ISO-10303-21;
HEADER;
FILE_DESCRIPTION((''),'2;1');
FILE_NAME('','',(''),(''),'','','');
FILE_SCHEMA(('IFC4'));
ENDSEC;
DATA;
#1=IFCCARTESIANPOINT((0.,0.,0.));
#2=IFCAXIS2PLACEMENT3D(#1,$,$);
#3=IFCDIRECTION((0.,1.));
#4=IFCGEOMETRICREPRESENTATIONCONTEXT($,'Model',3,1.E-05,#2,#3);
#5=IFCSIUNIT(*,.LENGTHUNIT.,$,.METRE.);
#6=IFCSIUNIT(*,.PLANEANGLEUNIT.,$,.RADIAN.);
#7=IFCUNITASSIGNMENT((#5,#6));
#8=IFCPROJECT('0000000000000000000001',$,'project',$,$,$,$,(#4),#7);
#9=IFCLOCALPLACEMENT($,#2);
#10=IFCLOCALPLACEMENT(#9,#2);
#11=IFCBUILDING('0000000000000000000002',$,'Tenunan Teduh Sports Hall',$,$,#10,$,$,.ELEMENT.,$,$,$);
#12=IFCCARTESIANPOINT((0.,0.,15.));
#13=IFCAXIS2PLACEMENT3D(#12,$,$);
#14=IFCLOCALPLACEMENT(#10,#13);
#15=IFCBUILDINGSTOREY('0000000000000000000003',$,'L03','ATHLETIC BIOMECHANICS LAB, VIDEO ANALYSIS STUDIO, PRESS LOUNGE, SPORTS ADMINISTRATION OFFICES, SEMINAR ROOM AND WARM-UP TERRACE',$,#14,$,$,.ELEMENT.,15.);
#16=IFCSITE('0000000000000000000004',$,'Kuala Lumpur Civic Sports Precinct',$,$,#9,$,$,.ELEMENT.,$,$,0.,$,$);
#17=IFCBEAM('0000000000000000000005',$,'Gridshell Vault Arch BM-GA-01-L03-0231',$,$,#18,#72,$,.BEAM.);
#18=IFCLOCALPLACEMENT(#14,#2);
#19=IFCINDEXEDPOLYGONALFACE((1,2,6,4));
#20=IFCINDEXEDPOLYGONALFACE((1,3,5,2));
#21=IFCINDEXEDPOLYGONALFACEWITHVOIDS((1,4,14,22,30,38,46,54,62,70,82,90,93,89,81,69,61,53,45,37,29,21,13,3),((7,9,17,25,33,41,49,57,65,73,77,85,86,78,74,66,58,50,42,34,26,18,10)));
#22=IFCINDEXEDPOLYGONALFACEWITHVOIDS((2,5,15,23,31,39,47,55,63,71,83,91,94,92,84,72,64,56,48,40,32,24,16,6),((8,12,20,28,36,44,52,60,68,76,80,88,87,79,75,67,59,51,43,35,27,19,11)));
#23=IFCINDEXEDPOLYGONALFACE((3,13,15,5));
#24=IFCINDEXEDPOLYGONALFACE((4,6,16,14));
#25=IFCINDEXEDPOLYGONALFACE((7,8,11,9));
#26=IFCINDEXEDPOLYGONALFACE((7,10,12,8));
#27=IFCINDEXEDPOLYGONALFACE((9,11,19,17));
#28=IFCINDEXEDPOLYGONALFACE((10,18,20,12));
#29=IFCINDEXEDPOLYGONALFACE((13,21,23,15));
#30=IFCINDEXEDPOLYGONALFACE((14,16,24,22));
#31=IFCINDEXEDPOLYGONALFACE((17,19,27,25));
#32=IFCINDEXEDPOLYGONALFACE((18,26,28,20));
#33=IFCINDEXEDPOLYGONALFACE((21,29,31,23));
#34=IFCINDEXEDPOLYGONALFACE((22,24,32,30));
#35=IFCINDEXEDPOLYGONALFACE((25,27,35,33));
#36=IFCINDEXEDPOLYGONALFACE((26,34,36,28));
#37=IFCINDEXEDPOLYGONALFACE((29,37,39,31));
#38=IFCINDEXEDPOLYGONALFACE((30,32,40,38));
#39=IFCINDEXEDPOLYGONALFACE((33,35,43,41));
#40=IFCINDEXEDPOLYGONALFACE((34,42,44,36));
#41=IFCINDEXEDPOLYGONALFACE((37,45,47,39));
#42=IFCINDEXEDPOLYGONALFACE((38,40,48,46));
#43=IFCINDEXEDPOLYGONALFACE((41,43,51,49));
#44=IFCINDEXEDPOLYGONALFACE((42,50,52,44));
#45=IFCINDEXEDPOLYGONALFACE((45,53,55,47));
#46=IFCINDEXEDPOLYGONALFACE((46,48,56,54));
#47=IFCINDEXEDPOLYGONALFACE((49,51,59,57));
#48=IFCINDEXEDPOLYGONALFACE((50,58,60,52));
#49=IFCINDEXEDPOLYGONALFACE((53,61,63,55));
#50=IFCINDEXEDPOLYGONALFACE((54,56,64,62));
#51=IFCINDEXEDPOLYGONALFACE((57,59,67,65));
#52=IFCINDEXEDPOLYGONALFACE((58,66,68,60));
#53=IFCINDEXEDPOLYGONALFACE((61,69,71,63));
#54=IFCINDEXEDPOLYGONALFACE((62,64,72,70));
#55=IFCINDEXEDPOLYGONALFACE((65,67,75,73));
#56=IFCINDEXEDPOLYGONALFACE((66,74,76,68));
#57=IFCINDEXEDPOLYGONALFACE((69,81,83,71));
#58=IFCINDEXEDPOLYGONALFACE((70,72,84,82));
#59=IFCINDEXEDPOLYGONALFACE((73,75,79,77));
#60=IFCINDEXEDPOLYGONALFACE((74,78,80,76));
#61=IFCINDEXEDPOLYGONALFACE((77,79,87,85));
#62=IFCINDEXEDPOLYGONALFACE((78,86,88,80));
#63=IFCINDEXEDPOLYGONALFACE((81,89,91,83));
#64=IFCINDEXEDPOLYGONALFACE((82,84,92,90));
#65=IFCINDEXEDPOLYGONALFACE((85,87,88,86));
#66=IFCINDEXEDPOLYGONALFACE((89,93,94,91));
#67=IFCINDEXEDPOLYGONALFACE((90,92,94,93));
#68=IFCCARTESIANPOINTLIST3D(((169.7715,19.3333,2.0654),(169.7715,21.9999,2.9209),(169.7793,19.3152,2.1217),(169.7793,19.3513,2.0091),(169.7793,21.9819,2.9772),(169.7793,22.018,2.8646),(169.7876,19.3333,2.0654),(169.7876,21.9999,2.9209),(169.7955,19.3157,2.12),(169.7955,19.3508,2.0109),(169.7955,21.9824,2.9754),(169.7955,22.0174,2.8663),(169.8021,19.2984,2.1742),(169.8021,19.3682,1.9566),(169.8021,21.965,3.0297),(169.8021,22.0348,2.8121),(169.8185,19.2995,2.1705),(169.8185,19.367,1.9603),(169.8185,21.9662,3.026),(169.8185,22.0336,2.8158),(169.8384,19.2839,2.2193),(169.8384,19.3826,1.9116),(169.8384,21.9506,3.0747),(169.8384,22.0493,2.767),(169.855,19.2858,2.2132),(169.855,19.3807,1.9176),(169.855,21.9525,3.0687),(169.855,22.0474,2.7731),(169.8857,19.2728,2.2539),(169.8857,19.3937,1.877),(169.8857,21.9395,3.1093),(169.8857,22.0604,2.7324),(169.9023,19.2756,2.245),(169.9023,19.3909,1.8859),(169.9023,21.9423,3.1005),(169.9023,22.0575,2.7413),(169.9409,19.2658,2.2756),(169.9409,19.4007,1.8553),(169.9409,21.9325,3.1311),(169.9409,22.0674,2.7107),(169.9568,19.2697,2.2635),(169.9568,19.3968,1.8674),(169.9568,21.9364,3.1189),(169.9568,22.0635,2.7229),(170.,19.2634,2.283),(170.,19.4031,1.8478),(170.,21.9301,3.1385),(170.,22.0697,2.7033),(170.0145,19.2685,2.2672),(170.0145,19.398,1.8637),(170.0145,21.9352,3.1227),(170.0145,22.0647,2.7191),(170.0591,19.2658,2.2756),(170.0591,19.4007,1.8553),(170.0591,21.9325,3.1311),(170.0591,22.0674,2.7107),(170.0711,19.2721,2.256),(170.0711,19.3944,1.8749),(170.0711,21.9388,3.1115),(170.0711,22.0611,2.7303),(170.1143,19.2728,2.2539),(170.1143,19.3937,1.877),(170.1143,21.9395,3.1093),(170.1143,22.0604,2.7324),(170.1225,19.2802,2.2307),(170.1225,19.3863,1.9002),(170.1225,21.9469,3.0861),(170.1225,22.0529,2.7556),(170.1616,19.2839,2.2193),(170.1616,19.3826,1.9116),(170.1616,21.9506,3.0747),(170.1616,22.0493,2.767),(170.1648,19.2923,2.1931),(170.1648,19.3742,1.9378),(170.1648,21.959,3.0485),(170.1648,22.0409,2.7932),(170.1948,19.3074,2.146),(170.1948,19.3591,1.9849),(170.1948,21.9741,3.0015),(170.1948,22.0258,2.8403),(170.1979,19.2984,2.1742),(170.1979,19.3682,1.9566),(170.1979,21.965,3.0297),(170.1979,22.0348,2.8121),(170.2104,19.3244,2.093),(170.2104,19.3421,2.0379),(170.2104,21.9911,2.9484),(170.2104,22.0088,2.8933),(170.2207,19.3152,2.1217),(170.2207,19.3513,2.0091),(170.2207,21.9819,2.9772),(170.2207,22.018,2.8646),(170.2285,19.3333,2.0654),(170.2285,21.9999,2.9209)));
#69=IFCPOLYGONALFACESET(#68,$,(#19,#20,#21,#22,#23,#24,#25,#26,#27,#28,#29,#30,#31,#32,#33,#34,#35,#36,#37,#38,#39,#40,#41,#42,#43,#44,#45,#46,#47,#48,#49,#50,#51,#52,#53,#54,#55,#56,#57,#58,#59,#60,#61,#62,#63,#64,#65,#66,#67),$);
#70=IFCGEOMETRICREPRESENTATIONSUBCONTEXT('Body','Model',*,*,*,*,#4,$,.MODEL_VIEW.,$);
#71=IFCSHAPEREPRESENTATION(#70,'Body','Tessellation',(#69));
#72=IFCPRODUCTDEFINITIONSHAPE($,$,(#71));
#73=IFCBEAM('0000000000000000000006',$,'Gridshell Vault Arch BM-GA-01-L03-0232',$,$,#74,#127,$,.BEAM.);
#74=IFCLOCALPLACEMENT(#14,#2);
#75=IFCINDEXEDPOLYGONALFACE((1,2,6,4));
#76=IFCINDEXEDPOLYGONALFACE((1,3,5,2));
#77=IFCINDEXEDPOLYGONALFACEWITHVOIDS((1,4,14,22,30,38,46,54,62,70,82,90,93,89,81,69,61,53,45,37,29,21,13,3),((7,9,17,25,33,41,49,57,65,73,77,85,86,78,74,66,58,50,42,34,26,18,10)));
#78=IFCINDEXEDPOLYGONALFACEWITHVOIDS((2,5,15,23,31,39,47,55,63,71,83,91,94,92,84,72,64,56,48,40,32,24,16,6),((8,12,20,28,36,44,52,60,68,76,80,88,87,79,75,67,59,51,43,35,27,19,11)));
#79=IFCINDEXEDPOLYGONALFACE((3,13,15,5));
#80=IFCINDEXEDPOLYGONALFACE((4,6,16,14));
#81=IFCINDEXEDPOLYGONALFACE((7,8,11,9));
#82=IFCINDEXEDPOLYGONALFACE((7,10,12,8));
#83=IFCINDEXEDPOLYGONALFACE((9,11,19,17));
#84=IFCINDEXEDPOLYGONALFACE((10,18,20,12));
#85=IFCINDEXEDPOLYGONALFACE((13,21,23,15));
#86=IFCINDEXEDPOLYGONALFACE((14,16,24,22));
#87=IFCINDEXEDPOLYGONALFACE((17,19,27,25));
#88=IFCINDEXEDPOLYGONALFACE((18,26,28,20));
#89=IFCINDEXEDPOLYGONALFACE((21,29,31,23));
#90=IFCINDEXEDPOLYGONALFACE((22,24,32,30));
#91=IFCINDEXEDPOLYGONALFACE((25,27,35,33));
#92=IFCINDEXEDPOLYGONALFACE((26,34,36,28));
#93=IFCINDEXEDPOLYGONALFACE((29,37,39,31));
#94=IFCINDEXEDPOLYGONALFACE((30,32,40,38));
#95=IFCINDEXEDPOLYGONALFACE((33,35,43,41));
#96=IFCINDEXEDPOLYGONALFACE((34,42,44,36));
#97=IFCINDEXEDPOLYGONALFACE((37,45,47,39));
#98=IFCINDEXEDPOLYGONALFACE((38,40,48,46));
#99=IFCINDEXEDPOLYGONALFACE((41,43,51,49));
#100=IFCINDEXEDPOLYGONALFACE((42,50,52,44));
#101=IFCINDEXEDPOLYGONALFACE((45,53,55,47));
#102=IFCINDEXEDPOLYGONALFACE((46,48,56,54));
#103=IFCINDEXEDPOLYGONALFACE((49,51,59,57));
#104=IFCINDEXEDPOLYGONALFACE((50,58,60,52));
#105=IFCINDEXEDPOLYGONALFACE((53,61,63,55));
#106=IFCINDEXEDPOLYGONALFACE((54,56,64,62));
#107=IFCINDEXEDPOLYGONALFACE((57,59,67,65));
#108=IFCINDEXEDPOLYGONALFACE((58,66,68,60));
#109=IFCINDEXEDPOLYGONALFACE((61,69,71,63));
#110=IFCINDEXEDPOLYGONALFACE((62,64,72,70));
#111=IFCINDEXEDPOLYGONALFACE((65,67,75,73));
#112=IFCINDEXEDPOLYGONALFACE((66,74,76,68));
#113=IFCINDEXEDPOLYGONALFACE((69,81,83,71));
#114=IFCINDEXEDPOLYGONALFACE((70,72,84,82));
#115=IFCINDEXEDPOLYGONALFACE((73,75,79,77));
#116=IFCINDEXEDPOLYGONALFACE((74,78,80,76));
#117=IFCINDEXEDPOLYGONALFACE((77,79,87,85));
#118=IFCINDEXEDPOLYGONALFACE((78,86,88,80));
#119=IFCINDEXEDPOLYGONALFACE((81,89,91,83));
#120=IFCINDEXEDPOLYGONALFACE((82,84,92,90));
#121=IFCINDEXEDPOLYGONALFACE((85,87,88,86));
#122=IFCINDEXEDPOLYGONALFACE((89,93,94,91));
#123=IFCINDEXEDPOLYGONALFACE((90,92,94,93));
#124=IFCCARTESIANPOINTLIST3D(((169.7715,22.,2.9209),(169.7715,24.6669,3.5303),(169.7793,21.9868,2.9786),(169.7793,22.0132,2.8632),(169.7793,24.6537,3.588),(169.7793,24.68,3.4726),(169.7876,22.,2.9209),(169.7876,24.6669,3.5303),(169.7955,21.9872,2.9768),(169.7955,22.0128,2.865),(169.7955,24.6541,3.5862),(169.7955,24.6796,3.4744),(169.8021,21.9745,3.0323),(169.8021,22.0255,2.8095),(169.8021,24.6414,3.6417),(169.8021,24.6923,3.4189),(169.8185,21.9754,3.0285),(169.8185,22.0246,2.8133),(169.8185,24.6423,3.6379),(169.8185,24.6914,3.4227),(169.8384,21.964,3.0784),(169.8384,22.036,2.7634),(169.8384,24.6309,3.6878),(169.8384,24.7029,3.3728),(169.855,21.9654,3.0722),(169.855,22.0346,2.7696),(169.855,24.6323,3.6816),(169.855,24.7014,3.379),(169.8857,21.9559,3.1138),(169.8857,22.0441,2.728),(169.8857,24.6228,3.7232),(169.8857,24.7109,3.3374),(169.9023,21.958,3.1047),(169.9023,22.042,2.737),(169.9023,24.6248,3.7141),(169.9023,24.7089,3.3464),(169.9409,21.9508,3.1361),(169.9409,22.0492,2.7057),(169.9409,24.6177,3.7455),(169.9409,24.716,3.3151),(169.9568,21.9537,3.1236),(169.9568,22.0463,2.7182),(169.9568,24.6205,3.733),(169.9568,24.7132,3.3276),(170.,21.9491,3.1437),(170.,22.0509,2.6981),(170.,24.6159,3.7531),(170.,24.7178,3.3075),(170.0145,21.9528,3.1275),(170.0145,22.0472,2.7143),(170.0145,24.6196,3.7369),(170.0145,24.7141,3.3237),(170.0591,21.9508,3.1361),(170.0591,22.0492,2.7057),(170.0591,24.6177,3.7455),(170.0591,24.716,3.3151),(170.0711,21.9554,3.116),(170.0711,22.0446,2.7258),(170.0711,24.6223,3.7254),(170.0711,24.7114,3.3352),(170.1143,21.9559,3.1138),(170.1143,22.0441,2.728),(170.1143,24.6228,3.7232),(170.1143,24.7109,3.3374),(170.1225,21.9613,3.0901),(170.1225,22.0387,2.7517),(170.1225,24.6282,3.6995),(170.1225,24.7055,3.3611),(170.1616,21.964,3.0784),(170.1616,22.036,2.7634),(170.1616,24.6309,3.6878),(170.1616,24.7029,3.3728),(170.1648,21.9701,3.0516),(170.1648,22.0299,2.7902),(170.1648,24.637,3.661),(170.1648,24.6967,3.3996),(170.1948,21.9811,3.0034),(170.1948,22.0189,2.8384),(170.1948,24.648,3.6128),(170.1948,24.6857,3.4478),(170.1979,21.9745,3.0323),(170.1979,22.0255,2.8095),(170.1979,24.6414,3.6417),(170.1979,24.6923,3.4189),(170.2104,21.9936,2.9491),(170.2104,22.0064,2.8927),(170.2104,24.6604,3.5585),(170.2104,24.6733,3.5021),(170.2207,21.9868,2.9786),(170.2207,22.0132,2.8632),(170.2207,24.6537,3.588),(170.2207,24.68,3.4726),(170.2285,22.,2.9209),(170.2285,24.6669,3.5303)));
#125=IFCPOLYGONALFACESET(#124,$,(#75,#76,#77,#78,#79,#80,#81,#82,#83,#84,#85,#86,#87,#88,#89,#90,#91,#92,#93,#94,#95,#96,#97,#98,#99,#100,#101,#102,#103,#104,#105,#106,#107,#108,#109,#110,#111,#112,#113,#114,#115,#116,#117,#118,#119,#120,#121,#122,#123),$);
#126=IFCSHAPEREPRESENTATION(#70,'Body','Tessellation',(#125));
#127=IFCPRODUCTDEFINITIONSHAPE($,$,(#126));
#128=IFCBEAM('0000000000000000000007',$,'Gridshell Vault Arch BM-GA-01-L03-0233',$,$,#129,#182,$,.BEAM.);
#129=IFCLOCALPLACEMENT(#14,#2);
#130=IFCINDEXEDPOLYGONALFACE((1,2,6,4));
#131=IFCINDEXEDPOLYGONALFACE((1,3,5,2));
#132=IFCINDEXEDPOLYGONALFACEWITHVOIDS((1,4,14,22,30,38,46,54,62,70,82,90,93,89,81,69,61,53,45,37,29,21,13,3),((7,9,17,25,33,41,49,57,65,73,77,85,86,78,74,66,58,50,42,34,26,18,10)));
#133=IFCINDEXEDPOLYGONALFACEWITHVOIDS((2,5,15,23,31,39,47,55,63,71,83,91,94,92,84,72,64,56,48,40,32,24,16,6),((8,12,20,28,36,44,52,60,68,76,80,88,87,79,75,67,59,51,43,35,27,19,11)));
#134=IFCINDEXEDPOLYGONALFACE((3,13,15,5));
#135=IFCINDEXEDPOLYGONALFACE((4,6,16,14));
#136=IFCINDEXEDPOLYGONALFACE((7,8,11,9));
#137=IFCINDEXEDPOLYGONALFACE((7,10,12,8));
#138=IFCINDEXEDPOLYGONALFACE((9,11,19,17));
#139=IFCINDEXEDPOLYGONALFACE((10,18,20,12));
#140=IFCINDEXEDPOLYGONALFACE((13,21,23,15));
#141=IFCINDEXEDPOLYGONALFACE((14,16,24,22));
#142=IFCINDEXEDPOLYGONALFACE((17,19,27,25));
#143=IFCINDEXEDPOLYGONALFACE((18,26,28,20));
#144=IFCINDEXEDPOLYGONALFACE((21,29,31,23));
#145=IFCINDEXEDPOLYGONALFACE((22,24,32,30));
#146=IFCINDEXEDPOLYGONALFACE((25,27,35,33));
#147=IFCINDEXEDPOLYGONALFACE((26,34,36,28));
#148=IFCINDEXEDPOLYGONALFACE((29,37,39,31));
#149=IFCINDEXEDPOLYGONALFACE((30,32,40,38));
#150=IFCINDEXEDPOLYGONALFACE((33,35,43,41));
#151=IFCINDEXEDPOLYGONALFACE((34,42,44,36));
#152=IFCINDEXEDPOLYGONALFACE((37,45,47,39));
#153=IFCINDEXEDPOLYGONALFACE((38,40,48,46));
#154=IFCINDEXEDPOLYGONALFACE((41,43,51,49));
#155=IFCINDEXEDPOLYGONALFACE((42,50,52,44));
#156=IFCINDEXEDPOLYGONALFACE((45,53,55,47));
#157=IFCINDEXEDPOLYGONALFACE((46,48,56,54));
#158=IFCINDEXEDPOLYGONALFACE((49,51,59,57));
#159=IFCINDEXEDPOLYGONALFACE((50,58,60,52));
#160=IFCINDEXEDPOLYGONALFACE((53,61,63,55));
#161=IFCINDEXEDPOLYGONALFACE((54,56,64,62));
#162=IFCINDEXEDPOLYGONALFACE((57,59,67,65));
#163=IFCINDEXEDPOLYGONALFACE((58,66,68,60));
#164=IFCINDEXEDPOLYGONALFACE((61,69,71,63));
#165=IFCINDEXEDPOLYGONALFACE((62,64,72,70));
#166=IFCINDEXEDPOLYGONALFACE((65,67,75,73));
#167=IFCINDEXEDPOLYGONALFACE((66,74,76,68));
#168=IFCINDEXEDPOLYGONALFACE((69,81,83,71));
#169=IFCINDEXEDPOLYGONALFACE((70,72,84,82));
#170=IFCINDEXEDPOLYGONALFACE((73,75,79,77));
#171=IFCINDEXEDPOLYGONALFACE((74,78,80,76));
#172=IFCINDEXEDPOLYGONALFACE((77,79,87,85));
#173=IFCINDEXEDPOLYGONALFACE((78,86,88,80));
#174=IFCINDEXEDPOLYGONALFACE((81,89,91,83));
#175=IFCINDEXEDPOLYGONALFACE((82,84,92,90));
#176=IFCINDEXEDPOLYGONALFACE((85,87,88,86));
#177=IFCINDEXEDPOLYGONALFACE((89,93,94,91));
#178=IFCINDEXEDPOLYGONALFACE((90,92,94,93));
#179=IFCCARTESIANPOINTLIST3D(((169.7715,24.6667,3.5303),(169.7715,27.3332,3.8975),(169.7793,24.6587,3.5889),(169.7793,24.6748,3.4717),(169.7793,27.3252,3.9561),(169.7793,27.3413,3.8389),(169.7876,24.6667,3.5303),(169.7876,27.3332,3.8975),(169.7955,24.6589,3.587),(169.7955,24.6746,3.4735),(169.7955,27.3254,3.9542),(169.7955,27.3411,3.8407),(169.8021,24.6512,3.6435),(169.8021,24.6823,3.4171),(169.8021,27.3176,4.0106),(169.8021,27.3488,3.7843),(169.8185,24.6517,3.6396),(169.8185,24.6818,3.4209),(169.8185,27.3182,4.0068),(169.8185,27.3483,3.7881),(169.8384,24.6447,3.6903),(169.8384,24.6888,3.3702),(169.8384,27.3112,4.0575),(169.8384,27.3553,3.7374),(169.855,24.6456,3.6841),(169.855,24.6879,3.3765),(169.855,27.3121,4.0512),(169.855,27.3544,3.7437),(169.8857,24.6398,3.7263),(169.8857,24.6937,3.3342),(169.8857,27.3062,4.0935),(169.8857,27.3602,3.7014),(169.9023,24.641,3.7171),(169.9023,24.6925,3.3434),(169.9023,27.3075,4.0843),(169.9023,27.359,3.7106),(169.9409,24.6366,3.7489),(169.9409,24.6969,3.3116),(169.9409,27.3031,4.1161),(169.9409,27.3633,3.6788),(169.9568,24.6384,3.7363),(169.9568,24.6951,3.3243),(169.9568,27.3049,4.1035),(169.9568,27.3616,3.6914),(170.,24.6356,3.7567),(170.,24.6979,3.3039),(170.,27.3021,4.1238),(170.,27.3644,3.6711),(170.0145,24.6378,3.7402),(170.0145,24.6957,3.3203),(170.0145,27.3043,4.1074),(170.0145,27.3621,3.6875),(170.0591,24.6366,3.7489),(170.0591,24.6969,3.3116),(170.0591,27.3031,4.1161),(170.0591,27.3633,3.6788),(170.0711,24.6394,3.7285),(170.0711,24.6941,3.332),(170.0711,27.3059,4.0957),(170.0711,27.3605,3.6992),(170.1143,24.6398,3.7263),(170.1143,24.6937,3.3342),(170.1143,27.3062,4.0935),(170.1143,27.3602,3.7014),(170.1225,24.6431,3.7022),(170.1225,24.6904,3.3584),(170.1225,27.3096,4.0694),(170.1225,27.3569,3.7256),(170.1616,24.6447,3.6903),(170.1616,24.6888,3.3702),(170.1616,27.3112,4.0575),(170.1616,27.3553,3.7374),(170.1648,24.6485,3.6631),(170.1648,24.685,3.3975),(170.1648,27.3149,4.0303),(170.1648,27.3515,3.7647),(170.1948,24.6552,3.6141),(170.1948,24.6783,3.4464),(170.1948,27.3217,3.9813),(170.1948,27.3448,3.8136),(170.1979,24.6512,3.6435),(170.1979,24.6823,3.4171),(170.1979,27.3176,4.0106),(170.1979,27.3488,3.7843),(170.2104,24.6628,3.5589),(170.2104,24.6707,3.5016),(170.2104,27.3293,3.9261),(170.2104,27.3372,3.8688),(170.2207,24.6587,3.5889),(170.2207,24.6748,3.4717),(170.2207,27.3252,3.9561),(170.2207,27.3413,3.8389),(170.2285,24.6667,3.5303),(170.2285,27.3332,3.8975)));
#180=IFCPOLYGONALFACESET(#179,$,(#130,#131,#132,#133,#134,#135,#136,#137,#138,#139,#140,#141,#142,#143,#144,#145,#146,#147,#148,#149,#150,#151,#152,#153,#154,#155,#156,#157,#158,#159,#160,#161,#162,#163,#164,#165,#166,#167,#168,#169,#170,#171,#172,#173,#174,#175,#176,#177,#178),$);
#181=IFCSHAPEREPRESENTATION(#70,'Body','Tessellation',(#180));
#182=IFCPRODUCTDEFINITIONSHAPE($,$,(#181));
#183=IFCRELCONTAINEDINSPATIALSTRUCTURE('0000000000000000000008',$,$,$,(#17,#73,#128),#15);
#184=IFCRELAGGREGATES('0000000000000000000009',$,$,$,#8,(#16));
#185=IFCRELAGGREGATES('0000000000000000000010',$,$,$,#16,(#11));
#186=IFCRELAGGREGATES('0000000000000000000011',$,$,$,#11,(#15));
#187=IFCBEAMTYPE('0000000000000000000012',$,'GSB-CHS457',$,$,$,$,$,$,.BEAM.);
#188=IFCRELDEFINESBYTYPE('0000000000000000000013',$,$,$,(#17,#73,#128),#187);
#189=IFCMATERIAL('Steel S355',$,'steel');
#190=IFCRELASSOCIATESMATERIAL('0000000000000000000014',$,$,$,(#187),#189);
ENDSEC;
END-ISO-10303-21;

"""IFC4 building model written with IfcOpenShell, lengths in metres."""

from ifc_helpers import new_model, si_unit, direction, frame, origin, origin_2d, place, context, subcontext, project, spatial, hollow_circle, extrude, material, material_profile, profile_set, type_object, element, save


model = new_model("IFC4")

# Units and contexts
model_context = context("Model", 3, precision=1e-05, world=origin(), true_north=direction((0.0, 1.0)))
body_context = subcontext(model_context, "Body", "Model", "MODEL_VIEW")
ifc_project = project(units=[si_unit("LENGTHUNIT", "METRE"), si_unit("PLANEANGLEUNIT", "RADIAN")], contexts=[model_context])

# Site, building, storey
site_placement = place(None, origin())
site = spatial("IfcSite", under=ifc_project, at=site_placement, Name="Kuala Lumpur Civic Sports Precinct", CompositionType="ELEMENT", RefElevation=0.0)
building_placement = place(site_placement, origin())
building = spatial("IfcBuilding", under=site, at=building_placement, Name="Tenunan Teduh Sports Hall", CompositionType="ELEMENT")
storey_placement = place(building_placement, frame((0.0, 0.0, 15.0)))
storey = spatial("IfcBuildingStorey", under=building, at=storey_placement, Name="L03", Description="ATHLETIC BIOMECHANICS LAB, VIDEO ANALYSIS STUDIO, PRESS LOUNGE, SPORTS ADMINISTRATION OFFICES, SEMINAR ROOM AND WARM-UP TERRACE", CompositionType="ELEMENT", Elevation=15.0)

# Beams
ifc_material_1 = material(Name="Steel S355", Category="steel")
ifc_material_profile_1 = material_profile(ifc_material_1, hollow_circle(Radius=0.2285, WallThickness=0.0161, at=origin_2d()), Name="CHS 457.0x16.0")
ifc_profile_set_1 = profile_set([ifc_material_profile_1], Name="Steel S355")
beam_type_1 = type_object("IfcBeamType", Name="GSB-CHS457", PredefinedType="BEAM", material=ifc_profile_set_1)
beam_1_placement = place(storey_placement, frame((170.0, 19.3333, 2.0654), z_axis=(0.0, 0.952205, 0.305459), x_axis=(-1.0, 0.0, 0.0)))
element("IfcBeam", 1, at=beam_1_placement, inside=storey, type_object=beam_type_1, Name="Gridshell Vault Arch BM-GA-01-L03-0231", PredefinedType="BEAM", context=body_context, shape_type="SweptSolid", body=[
    extrude(hollow_circle(Radius=0.2285, WallThickness=0.0161, at=origin_2d()), origin(), (0.0, 0.0, 1.0), 2.8005),
])
beam_2_placement = place(storey_placement, frame((170.0, 22.0, 2.9209), z_axis=(0.0, 0.974872, 0.222767), x_axis=(-1.0, 0.0, 0.0)))
element("IfcBeam", 2, at=beam_2_placement, inside=storey, type_object=beam_type_1, Name="Gridshell Vault Arch BM-GA-01-L03-0232", PredefinedType="BEAM", context=body_context, shape_type="SweptSolid", body=[
    extrude(hollow_circle(Radius=0.2285, WallThickness=0.0161, at=origin_2d()), origin(), (0.0, 0.0, 1.0), 2.7356),
])
beam_3_placement = place(storey_placement, frame((170.0, 24.6667, 3.5303), z_axis=(0.0, 0.990652, 0.136416), x_axis=(-1.0, 0.0, 0.0)))
element("IfcBeam", 3, at=beam_3_placement, inside=storey, type_object=beam_type_1, Name="Gridshell Vault Arch BM-GA-01-L03-0233", PredefinedType="BEAM", context=body_context, shape_type="SweptSolid", body=[
    extrude(hollow_circle(Radius=0.2285, WallThickness=0.0161, at=origin_2d()), origin(), (0.0, 0.0, 1.0), 2.6917),
])

save(model, "model.ifc")
